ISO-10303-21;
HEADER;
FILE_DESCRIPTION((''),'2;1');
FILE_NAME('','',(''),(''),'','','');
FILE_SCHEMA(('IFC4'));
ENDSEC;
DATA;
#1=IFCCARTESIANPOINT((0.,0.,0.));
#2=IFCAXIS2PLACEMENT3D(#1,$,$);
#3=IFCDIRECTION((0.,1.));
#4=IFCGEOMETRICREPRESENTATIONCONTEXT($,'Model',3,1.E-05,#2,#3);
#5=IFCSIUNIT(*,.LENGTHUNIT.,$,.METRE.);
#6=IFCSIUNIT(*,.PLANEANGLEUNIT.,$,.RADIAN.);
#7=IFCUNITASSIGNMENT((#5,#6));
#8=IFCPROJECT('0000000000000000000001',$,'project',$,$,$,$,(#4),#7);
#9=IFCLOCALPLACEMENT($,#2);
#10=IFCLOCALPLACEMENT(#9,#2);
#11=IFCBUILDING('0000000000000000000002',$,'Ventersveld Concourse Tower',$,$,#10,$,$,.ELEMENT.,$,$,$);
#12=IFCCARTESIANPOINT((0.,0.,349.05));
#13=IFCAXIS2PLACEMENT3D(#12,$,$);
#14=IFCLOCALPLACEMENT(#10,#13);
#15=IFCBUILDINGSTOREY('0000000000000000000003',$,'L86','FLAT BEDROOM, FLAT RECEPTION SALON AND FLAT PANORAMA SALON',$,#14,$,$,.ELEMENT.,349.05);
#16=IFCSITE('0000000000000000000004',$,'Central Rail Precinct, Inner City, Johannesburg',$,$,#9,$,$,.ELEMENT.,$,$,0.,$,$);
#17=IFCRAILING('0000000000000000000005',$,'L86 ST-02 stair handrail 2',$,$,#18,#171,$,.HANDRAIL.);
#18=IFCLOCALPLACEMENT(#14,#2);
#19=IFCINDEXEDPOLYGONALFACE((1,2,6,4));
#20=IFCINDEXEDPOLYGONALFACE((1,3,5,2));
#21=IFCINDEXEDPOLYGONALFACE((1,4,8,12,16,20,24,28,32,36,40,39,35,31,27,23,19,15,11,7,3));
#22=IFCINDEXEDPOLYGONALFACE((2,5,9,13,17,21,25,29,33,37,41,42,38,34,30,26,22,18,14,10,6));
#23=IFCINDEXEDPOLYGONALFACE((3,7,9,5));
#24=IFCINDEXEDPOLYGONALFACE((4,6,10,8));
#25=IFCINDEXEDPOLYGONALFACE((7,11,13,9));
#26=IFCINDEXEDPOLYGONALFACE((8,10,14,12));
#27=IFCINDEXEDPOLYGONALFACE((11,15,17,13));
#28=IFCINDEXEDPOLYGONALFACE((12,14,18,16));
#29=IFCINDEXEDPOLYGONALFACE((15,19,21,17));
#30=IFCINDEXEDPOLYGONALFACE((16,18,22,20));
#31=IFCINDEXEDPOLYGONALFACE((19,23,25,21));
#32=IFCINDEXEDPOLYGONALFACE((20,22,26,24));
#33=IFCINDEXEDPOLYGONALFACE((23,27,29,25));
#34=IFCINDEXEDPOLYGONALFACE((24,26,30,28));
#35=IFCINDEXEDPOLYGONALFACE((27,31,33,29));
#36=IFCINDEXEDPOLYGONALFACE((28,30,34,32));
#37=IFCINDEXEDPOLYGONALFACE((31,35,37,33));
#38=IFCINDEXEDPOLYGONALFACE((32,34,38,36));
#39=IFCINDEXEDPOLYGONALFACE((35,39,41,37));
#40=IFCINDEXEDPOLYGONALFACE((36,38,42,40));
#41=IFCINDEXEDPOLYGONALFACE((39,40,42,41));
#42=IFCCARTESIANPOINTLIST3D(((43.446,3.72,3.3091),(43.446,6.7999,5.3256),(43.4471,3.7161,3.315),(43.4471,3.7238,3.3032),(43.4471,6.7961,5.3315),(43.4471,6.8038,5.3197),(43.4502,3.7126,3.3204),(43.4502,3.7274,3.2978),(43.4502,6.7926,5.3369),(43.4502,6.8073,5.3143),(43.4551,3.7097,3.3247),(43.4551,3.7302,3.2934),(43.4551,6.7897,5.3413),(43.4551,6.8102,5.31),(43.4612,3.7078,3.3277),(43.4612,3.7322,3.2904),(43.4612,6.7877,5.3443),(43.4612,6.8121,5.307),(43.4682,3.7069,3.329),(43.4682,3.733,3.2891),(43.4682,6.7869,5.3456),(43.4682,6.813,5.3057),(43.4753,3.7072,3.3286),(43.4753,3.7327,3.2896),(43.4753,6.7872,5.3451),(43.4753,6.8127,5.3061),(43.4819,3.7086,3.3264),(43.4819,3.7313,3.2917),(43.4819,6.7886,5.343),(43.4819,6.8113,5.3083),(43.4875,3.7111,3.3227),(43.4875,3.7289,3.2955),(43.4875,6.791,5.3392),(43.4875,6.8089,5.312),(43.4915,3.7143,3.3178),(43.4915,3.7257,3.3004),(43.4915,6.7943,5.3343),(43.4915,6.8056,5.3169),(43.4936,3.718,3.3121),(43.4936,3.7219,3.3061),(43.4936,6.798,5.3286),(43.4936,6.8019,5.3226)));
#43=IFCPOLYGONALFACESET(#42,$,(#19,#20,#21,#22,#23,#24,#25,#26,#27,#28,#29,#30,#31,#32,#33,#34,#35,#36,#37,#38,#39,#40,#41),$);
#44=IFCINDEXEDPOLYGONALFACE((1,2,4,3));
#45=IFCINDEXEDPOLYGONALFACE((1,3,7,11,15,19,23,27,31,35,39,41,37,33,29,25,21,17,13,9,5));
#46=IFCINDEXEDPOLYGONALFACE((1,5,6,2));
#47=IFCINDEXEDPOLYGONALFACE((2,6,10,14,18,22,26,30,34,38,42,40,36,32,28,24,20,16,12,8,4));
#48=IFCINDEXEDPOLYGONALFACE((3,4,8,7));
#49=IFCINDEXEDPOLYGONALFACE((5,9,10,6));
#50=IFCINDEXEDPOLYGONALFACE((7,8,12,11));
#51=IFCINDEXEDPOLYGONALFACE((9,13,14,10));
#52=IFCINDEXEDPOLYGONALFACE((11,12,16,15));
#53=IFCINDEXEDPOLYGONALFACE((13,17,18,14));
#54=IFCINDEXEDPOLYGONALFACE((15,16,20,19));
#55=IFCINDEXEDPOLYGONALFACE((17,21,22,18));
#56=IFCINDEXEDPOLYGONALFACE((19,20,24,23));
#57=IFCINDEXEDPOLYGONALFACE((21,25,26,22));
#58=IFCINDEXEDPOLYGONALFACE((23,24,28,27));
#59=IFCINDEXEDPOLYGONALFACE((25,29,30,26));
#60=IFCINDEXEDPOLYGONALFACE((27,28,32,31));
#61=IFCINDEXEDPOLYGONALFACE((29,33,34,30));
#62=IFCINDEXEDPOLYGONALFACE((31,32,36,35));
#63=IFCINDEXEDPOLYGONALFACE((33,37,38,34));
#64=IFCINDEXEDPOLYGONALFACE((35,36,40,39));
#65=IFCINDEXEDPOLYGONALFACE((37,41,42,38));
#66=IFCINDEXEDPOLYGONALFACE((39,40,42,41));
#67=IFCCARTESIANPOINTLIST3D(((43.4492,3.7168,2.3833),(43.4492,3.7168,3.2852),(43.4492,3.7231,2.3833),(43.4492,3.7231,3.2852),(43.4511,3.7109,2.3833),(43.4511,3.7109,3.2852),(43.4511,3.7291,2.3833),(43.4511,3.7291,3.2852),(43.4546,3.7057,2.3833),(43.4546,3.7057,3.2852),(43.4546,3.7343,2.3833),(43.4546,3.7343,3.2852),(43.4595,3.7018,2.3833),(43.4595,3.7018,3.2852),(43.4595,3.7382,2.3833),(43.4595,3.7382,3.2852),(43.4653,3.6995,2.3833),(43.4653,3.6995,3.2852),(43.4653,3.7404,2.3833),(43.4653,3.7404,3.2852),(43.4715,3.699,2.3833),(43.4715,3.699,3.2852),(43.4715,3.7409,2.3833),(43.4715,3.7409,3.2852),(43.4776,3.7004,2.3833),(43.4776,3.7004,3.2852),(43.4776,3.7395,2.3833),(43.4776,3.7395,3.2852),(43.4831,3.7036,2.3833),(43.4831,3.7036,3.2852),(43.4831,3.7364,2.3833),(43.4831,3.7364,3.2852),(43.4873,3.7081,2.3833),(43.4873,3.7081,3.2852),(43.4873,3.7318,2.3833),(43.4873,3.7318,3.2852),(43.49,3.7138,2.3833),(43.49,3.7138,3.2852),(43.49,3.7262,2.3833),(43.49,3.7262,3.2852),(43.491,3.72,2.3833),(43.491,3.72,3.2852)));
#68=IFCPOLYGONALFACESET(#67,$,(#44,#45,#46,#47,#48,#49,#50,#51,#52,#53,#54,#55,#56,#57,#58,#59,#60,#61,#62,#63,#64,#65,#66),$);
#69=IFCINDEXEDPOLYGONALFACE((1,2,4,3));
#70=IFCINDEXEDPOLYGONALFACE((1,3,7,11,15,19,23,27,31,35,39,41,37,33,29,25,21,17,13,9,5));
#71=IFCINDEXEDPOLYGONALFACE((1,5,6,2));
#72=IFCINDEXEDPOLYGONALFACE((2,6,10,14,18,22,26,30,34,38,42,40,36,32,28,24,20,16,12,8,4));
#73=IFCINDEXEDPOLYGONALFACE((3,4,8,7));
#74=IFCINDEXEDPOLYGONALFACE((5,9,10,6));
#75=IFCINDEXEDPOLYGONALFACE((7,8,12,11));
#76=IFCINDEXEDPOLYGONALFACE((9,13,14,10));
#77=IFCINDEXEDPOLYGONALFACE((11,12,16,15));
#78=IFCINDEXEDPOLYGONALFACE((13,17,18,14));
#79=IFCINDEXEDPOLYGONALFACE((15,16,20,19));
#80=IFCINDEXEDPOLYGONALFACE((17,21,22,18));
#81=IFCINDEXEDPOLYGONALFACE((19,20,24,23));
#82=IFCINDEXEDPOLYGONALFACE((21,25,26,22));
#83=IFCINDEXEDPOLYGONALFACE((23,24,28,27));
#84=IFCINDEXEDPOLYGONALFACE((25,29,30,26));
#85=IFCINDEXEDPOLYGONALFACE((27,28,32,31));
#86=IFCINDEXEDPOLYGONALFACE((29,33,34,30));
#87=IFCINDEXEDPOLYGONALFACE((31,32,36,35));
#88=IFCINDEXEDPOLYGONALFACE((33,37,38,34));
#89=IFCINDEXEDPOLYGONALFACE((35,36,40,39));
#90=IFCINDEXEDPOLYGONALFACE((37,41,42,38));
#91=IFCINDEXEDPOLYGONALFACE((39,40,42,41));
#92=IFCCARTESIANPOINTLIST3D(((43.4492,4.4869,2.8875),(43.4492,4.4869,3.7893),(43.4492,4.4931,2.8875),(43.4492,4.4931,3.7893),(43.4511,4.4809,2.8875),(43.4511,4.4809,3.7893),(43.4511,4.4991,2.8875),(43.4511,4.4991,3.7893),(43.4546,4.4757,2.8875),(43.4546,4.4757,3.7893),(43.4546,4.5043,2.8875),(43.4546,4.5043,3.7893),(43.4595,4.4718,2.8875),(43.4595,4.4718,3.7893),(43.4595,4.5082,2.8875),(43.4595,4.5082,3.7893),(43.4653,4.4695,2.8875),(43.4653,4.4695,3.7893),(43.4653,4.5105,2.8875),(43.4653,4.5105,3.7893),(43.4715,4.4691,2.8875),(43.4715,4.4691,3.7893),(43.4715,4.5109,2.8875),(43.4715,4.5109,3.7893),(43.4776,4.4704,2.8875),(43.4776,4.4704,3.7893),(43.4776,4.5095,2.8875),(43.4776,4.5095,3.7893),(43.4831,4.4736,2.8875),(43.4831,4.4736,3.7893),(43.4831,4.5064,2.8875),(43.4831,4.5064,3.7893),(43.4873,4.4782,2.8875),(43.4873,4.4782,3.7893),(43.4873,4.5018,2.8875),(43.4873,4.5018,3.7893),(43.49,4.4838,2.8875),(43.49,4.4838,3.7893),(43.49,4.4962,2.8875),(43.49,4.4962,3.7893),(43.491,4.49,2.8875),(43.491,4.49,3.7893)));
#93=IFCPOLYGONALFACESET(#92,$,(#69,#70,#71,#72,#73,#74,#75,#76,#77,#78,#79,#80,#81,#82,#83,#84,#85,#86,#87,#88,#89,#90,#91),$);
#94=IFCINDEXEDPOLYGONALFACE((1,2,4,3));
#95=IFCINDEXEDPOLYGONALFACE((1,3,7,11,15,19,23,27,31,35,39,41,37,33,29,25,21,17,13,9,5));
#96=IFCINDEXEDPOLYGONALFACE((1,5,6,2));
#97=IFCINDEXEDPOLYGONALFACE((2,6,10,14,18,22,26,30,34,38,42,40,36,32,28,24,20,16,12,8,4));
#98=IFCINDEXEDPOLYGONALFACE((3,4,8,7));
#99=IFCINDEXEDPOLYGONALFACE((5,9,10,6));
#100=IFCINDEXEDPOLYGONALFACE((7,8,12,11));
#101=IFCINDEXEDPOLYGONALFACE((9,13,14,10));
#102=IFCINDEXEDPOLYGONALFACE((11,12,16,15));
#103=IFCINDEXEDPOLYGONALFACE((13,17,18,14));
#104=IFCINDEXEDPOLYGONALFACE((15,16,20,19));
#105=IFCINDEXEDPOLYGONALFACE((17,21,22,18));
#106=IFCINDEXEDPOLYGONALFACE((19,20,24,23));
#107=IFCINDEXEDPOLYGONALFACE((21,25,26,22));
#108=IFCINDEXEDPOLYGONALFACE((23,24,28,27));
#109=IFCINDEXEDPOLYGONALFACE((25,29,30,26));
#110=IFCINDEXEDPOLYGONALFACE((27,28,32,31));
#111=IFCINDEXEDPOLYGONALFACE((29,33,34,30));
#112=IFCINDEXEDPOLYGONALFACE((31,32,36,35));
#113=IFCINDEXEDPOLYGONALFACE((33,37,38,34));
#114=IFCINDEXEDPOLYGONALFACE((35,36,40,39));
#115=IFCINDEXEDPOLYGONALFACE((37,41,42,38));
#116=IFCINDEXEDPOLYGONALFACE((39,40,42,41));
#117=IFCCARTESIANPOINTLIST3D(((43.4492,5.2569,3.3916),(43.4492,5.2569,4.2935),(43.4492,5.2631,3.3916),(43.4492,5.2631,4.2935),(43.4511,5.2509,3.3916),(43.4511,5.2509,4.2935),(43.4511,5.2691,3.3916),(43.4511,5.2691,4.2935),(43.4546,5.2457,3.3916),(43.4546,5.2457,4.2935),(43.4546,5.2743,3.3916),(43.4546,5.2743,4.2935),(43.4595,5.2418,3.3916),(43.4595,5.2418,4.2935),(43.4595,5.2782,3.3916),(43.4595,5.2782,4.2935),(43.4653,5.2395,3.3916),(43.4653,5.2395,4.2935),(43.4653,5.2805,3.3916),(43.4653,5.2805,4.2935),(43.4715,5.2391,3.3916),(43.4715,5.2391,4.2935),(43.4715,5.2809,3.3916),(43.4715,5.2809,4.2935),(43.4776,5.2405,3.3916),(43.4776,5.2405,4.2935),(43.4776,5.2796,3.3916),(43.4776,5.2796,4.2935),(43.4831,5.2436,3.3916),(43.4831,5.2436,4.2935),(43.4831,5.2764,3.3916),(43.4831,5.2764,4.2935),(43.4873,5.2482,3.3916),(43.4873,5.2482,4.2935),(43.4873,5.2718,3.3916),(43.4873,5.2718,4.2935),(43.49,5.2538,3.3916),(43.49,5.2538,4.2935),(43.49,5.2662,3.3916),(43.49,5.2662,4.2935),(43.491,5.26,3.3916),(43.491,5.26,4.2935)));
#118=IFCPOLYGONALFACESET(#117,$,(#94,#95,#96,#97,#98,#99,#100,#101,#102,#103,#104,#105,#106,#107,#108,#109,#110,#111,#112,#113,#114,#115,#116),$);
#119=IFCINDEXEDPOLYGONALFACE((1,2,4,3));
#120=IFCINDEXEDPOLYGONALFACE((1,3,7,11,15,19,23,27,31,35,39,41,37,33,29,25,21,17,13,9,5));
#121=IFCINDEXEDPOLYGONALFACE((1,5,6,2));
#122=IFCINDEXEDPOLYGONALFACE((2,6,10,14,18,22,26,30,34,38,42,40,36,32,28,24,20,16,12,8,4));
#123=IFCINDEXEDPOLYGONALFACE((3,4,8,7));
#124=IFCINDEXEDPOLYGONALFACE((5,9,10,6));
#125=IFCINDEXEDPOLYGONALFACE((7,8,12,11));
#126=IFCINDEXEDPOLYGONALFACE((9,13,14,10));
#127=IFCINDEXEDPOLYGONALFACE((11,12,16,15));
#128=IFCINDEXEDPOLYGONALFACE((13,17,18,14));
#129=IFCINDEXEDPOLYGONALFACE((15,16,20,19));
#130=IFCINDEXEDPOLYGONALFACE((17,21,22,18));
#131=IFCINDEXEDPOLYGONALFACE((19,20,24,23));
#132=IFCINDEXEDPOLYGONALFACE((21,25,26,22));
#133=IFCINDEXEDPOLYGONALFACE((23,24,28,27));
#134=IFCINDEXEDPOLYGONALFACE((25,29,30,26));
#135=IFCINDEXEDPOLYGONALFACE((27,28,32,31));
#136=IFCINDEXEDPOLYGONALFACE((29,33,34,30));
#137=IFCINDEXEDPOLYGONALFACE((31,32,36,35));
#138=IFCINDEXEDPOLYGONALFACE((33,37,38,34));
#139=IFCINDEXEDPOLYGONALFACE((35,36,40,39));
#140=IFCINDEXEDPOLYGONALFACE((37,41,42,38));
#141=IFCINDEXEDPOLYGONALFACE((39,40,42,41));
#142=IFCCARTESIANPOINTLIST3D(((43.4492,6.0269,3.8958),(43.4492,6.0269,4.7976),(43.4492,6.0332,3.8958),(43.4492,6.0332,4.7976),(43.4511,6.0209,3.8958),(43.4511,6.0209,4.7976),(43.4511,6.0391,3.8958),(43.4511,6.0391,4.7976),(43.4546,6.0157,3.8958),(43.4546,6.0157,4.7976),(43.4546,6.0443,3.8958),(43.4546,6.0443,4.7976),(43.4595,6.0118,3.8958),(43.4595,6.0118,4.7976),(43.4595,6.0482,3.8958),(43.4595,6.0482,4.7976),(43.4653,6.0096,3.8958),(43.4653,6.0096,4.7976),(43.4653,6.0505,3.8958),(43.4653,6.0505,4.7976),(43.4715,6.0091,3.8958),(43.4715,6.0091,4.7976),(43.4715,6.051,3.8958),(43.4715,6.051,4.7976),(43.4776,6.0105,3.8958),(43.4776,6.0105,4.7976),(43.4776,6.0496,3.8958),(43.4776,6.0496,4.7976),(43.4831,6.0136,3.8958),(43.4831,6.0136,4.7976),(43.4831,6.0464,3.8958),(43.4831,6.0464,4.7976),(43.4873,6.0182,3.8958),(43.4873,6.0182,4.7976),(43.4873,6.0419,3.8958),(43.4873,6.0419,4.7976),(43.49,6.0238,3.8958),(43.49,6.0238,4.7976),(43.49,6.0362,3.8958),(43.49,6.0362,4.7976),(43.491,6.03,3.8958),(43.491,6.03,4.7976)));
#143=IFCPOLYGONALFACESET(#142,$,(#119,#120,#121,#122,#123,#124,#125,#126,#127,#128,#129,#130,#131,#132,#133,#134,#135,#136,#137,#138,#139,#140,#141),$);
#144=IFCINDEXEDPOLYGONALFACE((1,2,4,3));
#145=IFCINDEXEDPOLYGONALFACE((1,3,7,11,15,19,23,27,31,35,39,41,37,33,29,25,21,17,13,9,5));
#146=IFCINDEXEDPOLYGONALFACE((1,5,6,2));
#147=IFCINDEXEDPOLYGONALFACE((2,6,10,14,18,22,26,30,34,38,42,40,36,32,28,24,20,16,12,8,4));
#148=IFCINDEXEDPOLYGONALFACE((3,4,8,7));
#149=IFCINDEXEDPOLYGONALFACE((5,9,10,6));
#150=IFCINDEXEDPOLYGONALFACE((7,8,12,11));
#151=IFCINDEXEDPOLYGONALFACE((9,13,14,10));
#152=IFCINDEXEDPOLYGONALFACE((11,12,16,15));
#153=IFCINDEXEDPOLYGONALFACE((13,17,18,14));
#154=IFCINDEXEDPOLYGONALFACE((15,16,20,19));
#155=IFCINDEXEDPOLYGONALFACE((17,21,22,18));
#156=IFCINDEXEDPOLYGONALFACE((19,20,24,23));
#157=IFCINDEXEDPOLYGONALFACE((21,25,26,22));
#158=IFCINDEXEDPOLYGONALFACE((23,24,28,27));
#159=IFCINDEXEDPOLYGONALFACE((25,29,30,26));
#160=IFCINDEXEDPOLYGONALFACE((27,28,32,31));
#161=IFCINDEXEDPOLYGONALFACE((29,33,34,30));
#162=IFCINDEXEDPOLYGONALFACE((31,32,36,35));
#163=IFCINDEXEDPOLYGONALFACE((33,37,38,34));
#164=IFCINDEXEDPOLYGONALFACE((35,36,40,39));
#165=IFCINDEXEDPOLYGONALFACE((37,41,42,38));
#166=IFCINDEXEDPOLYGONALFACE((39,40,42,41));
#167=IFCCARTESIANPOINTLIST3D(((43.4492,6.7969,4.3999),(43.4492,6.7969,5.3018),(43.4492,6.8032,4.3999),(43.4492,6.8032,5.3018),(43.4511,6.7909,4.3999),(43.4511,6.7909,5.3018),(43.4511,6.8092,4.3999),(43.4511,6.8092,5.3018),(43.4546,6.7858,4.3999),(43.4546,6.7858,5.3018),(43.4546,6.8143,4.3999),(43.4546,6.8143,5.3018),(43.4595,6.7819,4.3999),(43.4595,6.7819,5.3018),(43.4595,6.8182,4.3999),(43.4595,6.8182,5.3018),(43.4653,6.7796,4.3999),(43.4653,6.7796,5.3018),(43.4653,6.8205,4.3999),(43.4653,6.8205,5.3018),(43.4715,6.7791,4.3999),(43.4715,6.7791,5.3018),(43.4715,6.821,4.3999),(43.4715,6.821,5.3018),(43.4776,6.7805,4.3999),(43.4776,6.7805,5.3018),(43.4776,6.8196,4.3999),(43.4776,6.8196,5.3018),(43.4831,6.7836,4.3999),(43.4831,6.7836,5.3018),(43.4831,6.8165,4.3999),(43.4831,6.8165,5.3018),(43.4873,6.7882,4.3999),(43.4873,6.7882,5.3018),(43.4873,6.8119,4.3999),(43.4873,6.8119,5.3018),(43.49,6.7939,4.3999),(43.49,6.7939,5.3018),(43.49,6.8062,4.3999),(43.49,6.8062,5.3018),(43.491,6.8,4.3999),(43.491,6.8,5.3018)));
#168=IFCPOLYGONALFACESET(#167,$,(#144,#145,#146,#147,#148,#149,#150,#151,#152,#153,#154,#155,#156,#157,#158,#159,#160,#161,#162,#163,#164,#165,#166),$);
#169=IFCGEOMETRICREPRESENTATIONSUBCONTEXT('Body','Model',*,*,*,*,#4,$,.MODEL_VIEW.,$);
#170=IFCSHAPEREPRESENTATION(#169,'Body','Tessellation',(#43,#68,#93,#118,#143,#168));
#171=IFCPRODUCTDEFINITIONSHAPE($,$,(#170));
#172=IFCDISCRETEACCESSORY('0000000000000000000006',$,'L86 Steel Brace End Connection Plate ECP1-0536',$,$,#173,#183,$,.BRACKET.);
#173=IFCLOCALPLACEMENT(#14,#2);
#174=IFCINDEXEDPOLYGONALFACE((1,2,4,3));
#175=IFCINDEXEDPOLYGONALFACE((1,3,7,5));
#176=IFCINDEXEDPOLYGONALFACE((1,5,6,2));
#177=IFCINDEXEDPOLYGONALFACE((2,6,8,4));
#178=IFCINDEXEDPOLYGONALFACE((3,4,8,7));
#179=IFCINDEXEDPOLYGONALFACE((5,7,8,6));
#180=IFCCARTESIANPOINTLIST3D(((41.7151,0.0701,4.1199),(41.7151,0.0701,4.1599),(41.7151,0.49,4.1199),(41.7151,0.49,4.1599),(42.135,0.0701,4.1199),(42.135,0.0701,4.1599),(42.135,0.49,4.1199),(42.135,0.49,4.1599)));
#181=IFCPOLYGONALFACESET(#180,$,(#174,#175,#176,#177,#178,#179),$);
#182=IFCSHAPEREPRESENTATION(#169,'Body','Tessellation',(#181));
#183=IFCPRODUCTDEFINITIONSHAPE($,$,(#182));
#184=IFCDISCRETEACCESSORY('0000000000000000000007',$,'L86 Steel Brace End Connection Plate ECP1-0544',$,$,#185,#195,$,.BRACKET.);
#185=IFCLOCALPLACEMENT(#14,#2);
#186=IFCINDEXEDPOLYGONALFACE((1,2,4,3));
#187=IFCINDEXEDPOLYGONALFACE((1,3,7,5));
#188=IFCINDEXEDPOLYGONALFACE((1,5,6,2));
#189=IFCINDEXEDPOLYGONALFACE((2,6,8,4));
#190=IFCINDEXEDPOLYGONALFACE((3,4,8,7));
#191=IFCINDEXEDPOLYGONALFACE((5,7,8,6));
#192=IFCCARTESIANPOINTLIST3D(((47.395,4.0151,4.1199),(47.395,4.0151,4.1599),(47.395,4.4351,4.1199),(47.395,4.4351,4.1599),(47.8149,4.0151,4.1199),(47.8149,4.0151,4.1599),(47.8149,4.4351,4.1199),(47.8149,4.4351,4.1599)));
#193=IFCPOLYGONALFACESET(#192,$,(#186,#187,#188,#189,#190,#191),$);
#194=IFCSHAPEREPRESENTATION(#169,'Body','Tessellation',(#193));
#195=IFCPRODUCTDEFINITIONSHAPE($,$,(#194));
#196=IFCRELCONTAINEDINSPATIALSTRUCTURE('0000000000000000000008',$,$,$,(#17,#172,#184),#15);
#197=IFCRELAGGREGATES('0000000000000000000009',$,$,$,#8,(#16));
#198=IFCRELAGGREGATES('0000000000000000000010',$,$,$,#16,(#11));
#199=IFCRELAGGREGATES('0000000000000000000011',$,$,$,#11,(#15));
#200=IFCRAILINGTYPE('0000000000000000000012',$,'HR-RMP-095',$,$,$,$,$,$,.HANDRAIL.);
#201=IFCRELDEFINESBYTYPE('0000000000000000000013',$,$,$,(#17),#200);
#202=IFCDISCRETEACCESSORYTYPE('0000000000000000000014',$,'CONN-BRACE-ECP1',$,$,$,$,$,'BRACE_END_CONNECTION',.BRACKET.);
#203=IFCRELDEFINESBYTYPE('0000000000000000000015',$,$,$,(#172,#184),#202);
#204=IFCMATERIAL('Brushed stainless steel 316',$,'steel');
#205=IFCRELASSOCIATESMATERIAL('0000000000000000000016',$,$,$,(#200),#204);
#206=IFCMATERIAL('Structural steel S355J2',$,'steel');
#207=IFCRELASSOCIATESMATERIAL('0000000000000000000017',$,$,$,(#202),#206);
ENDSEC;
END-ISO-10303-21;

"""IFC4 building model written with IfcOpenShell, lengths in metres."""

from ifc_helpers import new_model, si_unit, direction, frame, origin, origin_2d, place, context, subcontext, project, spatial, rectangle, circle, extrude, material, type_object, element, save


model = new_model("IFC4")

# Units and contexts
model_context = context("Model", 3, precision=1e-05, world=origin(), true_north=direction((0.0, 1.0)))
body_context = subcontext(model_context, "Body", "Model", "MODEL_VIEW")
ifc_project = project(units=[si_unit("LENGTHUNIT", "METRE"), si_unit("PLANEANGLEUNIT", "RADIAN")], contexts=[model_context])

# Site, building, storey
site_placement = place(None, origin())
site = spatial("IfcSite", under=ifc_project, at=site_placement, Name="Central Rail Precinct, Inner City, Johannesburg", CompositionType="ELEMENT", RefElevation=0.0)
building_placement = place(site_placement, origin())
building = spatial("IfcBuilding", under=site, at=building_placement, Name="Ventersveld Concourse Tower", CompositionType="ELEMENT")
storey_placement = place(building_placement, frame((0.0, 0.0, 349.05)))
storey = spatial("IfcBuildingStorey", under=building, at=storey_placement, Name="L86", Description="FLAT BEDROOM, FLAT RECEPTION SALON AND FLAT PANORAMA SALON", CompositionType="ELEMENT", Elevation=349.05)

# Shared definitions
ifc_material_1 = material(Name="Structural steel S355J2", Category="steel")

# Shared definitions
ifc_material_2 = material(Name="Brushed stainless steel 316", Category="steel")

# Railing
railing_type_1 = type_object("IfcRailingType", Name="HR-RMP-095", PredefinedType="HANDRAIL", material=ifc_material_2)
railing_1_placement = place(storey_placement, frame((43.47, 3.72, 2.3833)))
element("IfcRailing", 1, at=railing_1_placement, inside=storey, type_object=railing_type_1, Name="L86 ST-02 stair handrail 2", PredefinedType="HANDRAIL", context=body_context, shape_type="SweptSolid", body=[
    extrude(circle(Radius=0.0239, at=origin_2d()), frame((0.0, 0.0, 0.9258), z_axis=(0.0, 0.836633, 0.547764), x_axis=(-1.0, 0.0, 0.0)), (0.0, 0.0, 1.0), 3.6814),
    extrude(circle(Radius=0.021, at=origin_2d()), origin(), (0.0, 0.0, 1.0), 0.9019),
    extrude(circle(Radius=0.021, at=origin_2d()), frame((0.0, 0.77, 0.5042)), (0.0, 0.0, 1.0), 0.9019),
    extrude(circle(Radius=0.021, at=origin_2d()), frame((0.0, 1.54, 1.0083)), (0.0, 0.0, 1.0), 0.9019),
    extrude(circle(Radius=0.021, at=origin_2d()), frame((0.0, 2.3101, 1.5125)), (0.0, 0.0, 1.0), 0.9019),
    extrude(circle(Radius=0.021, at=origin_2d()), frame((0.0, 3.0801, 2.0166)), (0.0, 0.0, 1.0), 0.9019),
])

# Discrete accessories
discrete_accessory_type = type_object("IfcDiscreteAccessoryType", Name="CONN-BRACE-ECP1", ElementType="BRACE_END_CONNECTION", PredefinedType="BRACKET", material=ifc_material_1)
for number, where, z_axis, x_axis, name in (
    (2, (41.925, 0.28, 4.1199), (0.0, 0.0, 1.0), (1.0, 0.0, 0.0), "L86 Steel Brace End Connection Plate ECP1-0536"),
    (3, (47.605, 4.2251, 4.1199), (0.0, 0.0, 1.0), (1.0, 0.0, 0.0), "L86 Steel Brace End Connection Plate ECP1-0544"),
):
    element("IfcDiscreteAccessory", number, at=place(storey_placement, frame(where, z_axis=z_axis, x_axis=x_axis)), inside=storey, type_object=discrete_accessory_type, Name=name, PredefinedType="BRACKET", context=body_context, shape_type="SweptSolid", body=[
        extrude(rectangle(XDim=0.4199, YDim=0.4199, at=origin_2d()), origin(), (0.0, 0.0, 1.0), 0.04),
    ])

save(model, "model.ifc")
